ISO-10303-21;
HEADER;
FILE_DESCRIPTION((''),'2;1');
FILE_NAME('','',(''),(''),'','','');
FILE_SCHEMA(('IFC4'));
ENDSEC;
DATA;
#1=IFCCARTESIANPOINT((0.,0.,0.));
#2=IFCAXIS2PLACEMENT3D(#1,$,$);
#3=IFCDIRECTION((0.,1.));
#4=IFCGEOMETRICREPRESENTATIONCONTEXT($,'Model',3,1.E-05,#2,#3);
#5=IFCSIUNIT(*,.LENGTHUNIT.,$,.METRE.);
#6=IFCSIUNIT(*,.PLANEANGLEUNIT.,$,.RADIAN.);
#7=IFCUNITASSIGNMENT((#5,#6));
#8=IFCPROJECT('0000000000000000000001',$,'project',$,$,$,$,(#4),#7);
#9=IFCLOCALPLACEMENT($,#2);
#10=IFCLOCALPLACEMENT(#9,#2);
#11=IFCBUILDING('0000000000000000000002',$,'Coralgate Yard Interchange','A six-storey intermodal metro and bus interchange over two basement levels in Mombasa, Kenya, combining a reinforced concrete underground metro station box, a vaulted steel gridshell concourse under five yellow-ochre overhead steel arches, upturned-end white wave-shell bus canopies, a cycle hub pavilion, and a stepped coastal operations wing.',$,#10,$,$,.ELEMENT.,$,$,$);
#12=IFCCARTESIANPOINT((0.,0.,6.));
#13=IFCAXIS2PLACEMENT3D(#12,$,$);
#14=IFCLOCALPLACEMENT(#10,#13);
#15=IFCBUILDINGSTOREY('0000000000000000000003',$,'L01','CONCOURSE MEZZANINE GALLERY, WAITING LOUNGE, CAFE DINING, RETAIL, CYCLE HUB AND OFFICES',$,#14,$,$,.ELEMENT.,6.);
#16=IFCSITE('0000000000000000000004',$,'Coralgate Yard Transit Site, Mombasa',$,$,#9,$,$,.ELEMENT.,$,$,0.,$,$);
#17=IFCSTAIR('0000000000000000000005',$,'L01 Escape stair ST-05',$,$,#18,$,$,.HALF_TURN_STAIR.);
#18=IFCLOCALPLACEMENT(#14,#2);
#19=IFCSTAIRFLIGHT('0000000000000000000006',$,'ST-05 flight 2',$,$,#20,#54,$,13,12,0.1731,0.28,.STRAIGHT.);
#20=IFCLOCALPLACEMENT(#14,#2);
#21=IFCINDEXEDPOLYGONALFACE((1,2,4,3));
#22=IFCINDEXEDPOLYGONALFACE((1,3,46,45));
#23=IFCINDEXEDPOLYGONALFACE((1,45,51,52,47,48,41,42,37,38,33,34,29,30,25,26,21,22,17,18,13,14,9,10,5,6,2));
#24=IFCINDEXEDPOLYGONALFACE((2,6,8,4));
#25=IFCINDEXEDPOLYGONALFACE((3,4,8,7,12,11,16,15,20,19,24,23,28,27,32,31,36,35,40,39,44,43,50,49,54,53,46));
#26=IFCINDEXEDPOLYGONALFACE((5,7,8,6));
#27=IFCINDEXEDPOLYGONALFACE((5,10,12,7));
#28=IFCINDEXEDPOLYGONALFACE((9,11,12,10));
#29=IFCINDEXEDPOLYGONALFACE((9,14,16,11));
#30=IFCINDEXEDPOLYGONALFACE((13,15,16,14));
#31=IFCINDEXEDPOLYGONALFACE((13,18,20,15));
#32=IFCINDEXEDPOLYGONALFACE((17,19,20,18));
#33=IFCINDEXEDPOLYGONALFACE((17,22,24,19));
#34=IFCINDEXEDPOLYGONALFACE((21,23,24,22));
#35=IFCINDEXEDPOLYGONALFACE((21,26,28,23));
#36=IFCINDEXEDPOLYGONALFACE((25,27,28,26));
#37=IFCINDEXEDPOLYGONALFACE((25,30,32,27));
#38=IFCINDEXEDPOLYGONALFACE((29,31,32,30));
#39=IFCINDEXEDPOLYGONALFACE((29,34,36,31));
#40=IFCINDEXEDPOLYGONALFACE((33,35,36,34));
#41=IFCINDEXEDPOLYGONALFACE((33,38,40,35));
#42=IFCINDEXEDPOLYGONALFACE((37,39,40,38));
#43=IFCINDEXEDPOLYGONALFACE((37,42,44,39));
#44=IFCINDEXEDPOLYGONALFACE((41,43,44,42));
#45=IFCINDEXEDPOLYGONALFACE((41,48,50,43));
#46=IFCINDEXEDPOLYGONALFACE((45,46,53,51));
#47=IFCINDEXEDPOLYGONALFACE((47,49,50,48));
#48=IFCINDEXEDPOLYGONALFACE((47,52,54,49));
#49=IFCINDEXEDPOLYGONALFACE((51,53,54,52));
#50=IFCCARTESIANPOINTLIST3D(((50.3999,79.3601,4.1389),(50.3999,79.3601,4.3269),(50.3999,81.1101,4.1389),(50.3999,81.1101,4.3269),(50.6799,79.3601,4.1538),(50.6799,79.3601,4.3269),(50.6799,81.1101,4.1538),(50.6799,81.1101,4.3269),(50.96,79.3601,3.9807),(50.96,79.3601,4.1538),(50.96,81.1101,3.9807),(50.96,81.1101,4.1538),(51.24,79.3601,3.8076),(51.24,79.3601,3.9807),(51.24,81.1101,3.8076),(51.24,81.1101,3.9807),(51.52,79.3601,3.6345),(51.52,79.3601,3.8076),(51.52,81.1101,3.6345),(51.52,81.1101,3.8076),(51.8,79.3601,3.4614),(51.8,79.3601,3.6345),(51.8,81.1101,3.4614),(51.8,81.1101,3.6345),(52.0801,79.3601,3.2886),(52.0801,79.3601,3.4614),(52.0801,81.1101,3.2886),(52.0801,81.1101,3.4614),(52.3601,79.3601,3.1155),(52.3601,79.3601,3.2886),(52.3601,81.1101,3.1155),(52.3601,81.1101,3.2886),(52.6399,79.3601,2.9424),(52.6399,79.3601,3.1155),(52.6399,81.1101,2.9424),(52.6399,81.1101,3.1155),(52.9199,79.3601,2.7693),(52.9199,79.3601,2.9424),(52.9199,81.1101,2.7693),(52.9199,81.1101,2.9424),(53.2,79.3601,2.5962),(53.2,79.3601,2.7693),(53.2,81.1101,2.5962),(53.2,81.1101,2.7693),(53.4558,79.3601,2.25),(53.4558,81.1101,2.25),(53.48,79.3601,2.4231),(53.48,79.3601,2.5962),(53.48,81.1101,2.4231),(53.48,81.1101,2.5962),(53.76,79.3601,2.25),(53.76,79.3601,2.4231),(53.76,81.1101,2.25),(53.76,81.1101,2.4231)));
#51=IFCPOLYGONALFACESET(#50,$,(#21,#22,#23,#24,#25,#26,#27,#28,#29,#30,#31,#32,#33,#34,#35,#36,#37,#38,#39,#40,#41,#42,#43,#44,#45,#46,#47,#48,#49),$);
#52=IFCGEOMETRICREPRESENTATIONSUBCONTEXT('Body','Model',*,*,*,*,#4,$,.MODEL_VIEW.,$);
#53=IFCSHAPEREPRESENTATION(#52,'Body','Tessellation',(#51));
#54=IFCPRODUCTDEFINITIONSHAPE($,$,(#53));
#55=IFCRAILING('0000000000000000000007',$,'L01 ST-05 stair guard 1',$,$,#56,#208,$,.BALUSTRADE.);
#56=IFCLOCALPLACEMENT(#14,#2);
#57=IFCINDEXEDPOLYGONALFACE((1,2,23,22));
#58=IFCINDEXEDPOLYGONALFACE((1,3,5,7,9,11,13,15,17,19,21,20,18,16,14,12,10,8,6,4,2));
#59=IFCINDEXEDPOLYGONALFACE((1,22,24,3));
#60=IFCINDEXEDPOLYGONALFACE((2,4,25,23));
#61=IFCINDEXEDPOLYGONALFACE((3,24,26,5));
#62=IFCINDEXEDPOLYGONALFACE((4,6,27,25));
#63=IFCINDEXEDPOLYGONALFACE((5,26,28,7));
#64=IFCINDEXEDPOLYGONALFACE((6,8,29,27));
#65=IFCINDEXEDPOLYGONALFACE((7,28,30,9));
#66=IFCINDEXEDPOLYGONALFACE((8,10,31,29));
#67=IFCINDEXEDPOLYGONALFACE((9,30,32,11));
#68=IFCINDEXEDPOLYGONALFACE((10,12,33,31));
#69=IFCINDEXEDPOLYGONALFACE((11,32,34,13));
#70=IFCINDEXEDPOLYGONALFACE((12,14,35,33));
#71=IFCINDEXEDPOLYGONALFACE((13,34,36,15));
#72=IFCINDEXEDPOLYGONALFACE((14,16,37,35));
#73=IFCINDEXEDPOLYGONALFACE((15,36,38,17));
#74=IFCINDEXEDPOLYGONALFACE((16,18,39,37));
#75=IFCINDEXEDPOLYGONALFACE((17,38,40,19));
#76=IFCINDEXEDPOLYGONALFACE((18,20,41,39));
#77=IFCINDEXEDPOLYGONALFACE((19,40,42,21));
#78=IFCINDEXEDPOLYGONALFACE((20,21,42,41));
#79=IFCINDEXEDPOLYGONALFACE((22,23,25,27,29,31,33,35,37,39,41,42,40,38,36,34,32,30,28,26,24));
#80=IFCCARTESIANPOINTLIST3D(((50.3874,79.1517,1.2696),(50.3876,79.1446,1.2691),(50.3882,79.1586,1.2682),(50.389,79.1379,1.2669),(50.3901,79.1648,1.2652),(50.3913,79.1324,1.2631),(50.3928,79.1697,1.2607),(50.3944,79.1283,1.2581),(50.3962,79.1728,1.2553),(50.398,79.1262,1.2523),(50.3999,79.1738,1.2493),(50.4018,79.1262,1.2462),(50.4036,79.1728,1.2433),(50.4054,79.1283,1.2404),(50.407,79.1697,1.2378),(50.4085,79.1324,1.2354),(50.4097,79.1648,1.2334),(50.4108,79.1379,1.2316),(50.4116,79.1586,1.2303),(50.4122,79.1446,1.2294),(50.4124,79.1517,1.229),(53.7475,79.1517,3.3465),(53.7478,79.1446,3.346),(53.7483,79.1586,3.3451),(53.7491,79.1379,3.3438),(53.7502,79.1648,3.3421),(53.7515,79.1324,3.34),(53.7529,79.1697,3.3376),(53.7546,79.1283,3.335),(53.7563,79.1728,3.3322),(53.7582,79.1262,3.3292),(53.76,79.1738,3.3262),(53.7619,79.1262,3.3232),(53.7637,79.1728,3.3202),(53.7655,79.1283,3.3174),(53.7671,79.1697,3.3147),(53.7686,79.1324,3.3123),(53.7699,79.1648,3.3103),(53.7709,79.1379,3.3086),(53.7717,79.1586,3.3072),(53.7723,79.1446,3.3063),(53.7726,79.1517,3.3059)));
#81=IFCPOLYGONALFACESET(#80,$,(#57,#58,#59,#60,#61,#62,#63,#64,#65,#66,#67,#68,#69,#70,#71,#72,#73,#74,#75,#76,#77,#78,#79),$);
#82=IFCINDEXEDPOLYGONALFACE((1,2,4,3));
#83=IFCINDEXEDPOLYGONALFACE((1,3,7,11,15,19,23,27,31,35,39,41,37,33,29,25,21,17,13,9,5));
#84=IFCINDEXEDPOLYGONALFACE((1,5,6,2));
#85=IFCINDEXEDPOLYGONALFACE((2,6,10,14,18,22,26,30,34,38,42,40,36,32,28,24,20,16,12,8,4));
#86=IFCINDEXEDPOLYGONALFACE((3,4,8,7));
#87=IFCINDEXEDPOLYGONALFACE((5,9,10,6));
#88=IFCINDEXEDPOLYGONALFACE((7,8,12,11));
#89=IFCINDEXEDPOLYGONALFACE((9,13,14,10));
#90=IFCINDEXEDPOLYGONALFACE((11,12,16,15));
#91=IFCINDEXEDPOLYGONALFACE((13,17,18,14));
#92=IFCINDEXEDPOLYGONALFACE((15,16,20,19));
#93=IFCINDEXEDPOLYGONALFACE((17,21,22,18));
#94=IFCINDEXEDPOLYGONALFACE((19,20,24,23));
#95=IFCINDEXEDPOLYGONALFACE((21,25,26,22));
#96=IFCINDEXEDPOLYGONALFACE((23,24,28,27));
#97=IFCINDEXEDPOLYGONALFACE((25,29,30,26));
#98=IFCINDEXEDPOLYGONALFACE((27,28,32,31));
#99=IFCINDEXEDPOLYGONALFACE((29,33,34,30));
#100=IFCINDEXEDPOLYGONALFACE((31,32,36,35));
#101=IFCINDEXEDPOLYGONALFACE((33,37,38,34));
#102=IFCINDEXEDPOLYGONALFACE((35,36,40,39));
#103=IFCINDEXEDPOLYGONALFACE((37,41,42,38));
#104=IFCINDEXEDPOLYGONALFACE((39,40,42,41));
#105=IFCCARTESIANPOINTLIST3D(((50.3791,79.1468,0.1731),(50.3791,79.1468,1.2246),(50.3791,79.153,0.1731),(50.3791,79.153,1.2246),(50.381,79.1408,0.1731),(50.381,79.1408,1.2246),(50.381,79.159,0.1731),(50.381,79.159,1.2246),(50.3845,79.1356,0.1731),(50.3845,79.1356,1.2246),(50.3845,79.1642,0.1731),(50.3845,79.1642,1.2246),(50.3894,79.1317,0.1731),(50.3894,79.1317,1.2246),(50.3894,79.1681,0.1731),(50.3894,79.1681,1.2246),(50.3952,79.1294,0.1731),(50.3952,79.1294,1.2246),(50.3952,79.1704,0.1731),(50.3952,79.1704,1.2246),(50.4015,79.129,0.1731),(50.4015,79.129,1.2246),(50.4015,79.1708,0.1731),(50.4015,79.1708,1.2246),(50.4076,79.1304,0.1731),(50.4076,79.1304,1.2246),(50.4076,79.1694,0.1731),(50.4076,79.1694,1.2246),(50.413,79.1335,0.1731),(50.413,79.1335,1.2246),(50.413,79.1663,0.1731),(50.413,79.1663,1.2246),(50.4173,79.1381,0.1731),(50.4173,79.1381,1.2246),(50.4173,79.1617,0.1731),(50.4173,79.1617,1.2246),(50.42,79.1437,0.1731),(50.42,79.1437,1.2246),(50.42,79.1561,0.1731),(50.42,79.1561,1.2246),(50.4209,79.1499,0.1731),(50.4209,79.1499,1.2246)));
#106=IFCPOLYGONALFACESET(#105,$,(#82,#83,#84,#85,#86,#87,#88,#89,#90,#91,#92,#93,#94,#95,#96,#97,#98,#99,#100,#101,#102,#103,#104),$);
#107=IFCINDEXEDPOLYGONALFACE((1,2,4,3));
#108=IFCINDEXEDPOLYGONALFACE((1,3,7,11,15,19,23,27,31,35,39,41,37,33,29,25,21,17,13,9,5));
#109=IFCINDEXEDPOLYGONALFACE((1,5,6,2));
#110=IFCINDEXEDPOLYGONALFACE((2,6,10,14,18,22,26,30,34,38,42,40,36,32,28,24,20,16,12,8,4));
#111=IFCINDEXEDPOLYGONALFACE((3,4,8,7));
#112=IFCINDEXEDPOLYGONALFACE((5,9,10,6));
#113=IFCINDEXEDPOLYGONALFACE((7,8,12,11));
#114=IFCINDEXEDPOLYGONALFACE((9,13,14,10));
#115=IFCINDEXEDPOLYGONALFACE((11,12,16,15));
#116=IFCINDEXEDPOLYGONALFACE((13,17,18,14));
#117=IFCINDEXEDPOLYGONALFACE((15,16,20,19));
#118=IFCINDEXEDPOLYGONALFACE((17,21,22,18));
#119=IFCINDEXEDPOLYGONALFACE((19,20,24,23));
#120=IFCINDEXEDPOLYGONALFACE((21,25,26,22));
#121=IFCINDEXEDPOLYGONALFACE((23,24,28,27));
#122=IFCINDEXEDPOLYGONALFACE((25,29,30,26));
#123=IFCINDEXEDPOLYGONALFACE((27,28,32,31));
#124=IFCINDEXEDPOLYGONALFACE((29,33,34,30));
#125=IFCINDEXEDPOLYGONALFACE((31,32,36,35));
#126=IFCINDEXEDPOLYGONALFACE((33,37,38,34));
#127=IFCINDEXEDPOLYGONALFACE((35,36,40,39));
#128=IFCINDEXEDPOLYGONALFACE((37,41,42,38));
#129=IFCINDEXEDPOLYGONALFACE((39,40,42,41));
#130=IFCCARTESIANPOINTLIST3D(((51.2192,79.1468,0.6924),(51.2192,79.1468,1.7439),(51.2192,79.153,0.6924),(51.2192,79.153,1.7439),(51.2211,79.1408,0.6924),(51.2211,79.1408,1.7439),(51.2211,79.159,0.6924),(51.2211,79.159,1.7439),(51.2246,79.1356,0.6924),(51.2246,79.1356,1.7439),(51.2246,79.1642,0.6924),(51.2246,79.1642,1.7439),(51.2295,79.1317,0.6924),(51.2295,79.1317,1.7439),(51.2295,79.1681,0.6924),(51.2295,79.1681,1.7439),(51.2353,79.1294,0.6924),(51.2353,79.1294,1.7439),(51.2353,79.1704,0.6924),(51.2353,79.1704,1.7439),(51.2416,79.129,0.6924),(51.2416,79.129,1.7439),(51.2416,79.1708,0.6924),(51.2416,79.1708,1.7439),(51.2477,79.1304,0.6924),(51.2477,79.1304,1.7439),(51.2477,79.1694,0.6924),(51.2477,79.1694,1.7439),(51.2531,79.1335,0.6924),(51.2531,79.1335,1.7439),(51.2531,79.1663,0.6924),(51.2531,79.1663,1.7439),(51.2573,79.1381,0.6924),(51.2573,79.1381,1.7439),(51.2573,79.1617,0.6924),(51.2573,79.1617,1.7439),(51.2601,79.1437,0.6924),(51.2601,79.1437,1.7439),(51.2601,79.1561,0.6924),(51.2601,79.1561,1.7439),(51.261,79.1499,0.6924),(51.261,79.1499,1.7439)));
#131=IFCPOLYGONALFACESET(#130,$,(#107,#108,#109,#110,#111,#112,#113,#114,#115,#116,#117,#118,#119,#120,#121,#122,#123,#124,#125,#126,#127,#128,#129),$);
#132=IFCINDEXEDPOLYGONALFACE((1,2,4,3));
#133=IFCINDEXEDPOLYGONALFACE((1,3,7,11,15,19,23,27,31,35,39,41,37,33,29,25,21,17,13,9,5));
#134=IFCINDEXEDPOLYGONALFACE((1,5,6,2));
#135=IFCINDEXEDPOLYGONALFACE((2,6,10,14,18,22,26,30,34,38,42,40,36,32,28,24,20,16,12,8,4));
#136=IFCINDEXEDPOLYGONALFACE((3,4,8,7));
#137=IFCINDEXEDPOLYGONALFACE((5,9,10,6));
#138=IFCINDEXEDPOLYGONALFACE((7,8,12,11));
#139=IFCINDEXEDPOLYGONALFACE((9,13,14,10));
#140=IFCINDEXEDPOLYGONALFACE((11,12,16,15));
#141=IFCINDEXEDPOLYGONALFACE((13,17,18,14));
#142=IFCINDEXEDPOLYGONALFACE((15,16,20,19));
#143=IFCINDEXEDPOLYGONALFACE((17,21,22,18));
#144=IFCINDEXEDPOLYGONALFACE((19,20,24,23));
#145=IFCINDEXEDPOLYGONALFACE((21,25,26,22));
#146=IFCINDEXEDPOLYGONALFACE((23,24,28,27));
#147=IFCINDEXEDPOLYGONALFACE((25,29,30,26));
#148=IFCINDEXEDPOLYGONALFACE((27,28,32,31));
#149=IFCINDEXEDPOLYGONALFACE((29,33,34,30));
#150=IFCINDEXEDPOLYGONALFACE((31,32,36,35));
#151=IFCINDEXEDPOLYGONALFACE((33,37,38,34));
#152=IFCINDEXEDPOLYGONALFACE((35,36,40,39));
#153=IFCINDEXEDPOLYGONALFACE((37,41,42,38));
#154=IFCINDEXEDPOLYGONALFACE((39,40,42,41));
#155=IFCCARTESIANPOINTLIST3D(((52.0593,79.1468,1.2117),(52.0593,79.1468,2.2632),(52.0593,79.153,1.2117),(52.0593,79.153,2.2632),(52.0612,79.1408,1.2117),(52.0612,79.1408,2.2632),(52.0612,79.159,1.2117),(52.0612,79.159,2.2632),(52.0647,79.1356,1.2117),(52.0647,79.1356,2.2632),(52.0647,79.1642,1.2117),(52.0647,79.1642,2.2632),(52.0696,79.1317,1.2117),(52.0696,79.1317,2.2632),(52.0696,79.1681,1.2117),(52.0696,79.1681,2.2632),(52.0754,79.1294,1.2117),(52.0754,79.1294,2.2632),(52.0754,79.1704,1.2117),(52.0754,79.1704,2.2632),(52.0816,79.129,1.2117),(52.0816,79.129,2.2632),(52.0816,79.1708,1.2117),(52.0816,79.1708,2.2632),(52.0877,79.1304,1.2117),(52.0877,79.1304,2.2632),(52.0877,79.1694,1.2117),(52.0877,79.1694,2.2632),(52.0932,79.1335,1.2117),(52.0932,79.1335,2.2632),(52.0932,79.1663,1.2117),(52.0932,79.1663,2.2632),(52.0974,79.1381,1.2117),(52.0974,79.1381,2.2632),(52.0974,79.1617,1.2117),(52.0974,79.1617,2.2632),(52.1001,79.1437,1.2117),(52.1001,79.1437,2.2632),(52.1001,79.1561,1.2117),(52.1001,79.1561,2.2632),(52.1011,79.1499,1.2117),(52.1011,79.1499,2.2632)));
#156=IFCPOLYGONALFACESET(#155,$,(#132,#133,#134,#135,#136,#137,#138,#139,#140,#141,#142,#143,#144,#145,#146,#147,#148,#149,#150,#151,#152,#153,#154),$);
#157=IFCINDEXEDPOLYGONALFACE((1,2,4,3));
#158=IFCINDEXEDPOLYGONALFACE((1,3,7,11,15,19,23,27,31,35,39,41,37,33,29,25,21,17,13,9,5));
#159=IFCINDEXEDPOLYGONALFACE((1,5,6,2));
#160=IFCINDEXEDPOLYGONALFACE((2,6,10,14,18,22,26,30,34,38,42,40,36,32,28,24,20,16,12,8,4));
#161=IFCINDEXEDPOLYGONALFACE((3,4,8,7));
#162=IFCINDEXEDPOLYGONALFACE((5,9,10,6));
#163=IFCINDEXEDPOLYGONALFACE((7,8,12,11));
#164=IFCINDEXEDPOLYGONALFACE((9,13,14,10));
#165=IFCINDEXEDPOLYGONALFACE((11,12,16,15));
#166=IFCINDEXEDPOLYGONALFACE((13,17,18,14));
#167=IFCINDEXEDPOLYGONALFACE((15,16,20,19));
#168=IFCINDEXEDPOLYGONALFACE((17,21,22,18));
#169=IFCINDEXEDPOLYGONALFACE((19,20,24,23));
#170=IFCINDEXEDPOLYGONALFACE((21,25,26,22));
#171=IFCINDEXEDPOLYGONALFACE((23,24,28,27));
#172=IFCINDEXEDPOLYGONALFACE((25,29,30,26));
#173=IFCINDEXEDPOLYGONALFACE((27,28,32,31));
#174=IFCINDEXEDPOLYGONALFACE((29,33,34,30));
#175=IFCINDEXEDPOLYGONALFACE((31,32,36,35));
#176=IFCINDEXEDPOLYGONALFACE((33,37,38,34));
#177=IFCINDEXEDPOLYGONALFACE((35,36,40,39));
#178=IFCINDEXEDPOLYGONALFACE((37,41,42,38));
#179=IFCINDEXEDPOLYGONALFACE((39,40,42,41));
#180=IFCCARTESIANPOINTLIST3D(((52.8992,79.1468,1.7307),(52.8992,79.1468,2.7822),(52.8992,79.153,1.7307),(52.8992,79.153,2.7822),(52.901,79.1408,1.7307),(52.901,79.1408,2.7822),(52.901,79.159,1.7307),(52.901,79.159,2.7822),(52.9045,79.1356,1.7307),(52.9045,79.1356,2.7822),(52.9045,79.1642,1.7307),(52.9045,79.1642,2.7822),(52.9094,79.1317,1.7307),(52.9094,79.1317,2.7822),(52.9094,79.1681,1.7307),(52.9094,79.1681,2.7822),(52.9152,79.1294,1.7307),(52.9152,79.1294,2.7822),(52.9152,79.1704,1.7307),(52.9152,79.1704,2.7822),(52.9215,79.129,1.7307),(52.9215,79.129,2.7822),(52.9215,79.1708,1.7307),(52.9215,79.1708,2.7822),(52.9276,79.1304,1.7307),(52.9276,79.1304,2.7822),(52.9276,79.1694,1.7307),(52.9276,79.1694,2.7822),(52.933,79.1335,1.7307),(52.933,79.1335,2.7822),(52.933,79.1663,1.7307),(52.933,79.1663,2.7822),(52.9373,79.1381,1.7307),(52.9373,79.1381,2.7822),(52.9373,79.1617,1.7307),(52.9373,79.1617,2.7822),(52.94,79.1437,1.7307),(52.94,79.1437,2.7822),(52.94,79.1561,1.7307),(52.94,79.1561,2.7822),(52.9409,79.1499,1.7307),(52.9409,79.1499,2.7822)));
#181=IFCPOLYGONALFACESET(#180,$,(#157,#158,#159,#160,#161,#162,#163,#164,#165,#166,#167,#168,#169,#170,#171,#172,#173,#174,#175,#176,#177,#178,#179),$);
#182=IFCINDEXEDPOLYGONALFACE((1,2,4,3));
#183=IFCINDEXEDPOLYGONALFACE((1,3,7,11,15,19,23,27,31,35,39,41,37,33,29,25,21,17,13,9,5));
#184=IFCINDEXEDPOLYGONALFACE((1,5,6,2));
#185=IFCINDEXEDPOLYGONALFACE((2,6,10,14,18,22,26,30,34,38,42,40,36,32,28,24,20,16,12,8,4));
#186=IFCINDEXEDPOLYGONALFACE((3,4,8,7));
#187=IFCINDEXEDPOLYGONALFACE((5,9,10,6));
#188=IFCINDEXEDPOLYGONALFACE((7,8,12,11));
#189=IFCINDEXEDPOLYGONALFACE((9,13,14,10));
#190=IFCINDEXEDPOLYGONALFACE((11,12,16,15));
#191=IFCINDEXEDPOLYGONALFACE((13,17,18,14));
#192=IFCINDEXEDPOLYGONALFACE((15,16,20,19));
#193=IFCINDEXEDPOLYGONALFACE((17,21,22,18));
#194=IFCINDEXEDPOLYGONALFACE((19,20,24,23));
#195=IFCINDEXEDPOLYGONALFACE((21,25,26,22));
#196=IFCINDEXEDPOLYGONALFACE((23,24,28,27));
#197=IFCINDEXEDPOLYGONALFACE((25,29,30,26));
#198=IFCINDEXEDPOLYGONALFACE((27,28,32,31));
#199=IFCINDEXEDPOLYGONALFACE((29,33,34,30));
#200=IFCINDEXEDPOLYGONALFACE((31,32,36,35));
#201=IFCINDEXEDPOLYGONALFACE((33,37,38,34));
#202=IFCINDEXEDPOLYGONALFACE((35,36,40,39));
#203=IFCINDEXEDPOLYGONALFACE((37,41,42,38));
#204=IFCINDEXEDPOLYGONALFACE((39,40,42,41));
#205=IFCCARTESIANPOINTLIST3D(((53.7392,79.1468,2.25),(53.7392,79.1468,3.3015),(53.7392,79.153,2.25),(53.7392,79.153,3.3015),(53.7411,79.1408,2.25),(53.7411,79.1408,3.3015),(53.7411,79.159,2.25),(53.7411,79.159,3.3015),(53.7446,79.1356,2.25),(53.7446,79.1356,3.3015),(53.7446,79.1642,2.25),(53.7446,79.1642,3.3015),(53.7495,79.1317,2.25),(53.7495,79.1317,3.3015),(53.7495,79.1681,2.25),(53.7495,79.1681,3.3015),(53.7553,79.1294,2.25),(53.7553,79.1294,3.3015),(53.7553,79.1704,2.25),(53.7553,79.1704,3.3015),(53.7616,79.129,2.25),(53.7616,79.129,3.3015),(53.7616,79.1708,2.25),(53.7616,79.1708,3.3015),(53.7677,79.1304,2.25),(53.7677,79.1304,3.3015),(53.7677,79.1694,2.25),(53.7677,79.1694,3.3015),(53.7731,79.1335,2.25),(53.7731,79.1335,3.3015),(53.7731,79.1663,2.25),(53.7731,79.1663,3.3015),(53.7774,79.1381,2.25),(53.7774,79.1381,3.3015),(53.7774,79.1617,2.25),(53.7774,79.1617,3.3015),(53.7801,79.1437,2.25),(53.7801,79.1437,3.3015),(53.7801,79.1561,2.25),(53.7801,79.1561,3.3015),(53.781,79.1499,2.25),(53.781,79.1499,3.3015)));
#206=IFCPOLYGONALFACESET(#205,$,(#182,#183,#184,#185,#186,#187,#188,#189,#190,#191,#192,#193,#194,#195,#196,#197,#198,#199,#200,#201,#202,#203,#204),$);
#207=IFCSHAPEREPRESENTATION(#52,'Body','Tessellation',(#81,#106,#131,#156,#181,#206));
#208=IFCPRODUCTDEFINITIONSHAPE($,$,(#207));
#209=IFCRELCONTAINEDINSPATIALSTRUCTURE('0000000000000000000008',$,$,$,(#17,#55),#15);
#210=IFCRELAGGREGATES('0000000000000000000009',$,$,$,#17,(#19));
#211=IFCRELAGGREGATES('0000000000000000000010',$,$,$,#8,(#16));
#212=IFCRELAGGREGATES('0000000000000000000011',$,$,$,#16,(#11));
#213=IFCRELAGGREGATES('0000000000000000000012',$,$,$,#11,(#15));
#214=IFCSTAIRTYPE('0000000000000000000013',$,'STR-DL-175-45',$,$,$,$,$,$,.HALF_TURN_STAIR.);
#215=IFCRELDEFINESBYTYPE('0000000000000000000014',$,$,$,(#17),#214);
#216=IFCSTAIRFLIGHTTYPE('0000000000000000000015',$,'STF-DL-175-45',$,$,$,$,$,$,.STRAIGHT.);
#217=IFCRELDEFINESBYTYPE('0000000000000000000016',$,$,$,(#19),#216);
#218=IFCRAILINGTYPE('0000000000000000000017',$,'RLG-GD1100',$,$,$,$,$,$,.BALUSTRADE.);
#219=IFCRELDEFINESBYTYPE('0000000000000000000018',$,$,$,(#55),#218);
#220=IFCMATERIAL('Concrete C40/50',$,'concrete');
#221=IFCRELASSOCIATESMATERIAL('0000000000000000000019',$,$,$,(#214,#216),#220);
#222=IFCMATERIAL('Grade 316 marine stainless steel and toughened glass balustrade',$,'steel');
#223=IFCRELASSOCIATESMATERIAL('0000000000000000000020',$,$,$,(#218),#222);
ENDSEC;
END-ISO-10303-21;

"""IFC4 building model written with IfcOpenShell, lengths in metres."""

from ifc_helpers import new_model, si_unit, direction, frame, origin, origin_2d, place, context, subcontext, project, spatial, polyline, circle, outline, extrude, material, type_object, element, aggregate, save


model = new_model("IFC4")

# Units and contexts
model_context = context("Model", 3, precision=1e-05, world=origin(), true_north=direction((0.0, 1.0)))
body_context = subcontext(model_context, "Body", "Model", "MODEL_VIEW")
ifc_project = project(units=[si_unit("LENGTHUNIT", "METRE"), si_unit("PLANEANGLEUNIT", "RADIAN")], contexts=[model_context])

# Site, building, storey
site_placement = place(None, origin())
site = spatial("IfcSite", under=ifc_project, at=site_placement, Name="Coralgate Yard Transit Site, Mombasa", CompositionType="ELEMENT", RefElevation=0.0)
building_placement = place(site_placement, origin())
building = spatial("IfcBuilding", under=site, at=building_placement, Name="Coralgate Yard Interchange", Description="A six-storey intermodal metro and bus interchange over two basement levels in Mombasa, Kenya, combining a reinforced concrete underground metro station box, a vaulted steel gridshell concourse under five yellow-ochre overhead steel arches, upturned-end white wave-shell bus canopies, a cycle hub pavilion, and a stepped coastal operations wing.", CompositionType="ELEMENT")
storey_placement = place(building_placement, frame((0.0, 0.0, 6.0)))
storey = spatial("IfcBuildingStorey", under=building, at=storey_placement, Name="L01", Description="CONCOURSE MEZZANINE GALLERY, WAITING LOUNGE, CAFE DINING, RETAIL, CYCLE HUB AND OFFICES", CompositionType="ELEMENT", Elevation=6.0)

# Shared definitions
ifc_material_1 = material(Name="Concrete C40/50", Category="concrete")

# Stair, stair flight
stair_type = type_object("IfcStairType", Name="STR-DL-175-45", PredefinedType="HALF_TURN_STAIR", material=ifc_material_1)
stair_placement = place(storey_placement, origin())
stair = element("IfcStair", 1, at=stair_placement, inside=storey, type_object=stair_type, Name="L01 Escape stair ST-05", PredefinedType="HALF_TURN_STAIR")
stair_flight_type = type_object("IfcStairFlightType", Name="STF-DL-175-45", PredefinedType="STRAIGHT", material=ifc_material_1)
stair_flight_1_placement = place(storey_placement, frame((53.76, 80.2351, 2.25), z_axis=(0.0, 0.0, 1.0), x_axis=(-1.0, 0.0, 0.0)))
stair_flight_1 = element("IfcStairFlight", 2, at=stair_flight_1_placement, type_object=stair_flight_type, Name="ST-05 flight 2", NumberOfRisers=13, NumberOfTreads=12, PredefinedType="STRAIGHT", RiserHeight=0.1731, TreadLength=0.28, context=body_context, shape_type="SweptSolid", body=[
    extrude(outline(polyline([(0.0, 0.0), (0.0, 0.1731), (0.28, 0.1731), (0.28, 0.3462), (0.5601, 0.3462), (0.5601, 0.5193), (0.8401, 0.5193), (0.8401, 0.6924), (1.1201, 0.6924), (1.1201, 0.8655), (1.3999, 0.8655), (1.3999, 1.0386), (1.6799, 1.0386), (1.6799, 1.2114), (1.96, 1.2114), (1.96, 1.3845), (2.24, 1.3845), (2.24, 1.5576), (2.52, 1.5576), (2.52, 1.7307), (2.8, 1.7307), (2.8, 1.9038), (3.0801, 1.9038), (3.0801, 2.0769), (3.3601, 2.0769), (3.3601, 2.25), (3.3601, 1.8889), (0.3042, 0.0), (0.0, 0.0)])), frame((0.0, 0.875, 0.0), z_axis=(0.0, -1.0, 0.0), x_axis=(1.0, 0.0, 0.0)), (0.0, 0.0, 1.0), 1.75),
])
aggregate(stair, [stair_flight_1])

# Railing
ifc_material_2 = material(Name="Grade 316 marine stainless steel and toughened glass balustrade", Category="steel")
railing_type_1 = type_object("IfcRailingType", Name="RLG-GD1100", PredefinedType="BALUSTRADE", material=ifc_material_2)
railing_1_placement = place(storey_placement, frame((50.3999, 79.1499, 0.1731)))
element("IfcRailing", 3, at=railing_1_placement, inside=storey, type_object=railing_type_1, Name="L01 ST-05 stair guard 1", PredefinedType="BALUSTRADE", context=body_context, shape_type="SweptSolid", body=[
    extrude(circle(Radius=0.0239, at=origin_2d()), frame((0.0, 0.0, 1.0762), z_axis=(0.850623, 0.0, 0.525776), x_axis=(0.0, 1.0, 0.0)), (0.0, 0.0, 1.0), 3.9502),
    extrude(circle(Radius=0.021, at=origin_2d()), origin(), (0.0, 0.0, 1.0), 1.0515),
    extrude(circle(Radius=0.021, at=origin_2d()), frame((0.8401, 0.0, 0.5193)), (0.0, 0.0, 1.0), 1.0515),
    extrude(circle(Radius=0.021, at=origin_2d()), frame((1.6802, 0.0, 1.0386)), (0.0, 0.0, 1.0), 1.0515),
    extrude(circle(Radius=0.021, at=origin_2d()), frame((2.52, 0.0, 1.5576)), (0.0, 0.0, 1.0), 1.0515),
    extrude(circle(Radius=0.021, at=origin_2d()), frame((3.3601, 0.0, 2.0769)), (0.0, 0.0, 1.0), 1.0515),
])

save(model, "model.ifc")
